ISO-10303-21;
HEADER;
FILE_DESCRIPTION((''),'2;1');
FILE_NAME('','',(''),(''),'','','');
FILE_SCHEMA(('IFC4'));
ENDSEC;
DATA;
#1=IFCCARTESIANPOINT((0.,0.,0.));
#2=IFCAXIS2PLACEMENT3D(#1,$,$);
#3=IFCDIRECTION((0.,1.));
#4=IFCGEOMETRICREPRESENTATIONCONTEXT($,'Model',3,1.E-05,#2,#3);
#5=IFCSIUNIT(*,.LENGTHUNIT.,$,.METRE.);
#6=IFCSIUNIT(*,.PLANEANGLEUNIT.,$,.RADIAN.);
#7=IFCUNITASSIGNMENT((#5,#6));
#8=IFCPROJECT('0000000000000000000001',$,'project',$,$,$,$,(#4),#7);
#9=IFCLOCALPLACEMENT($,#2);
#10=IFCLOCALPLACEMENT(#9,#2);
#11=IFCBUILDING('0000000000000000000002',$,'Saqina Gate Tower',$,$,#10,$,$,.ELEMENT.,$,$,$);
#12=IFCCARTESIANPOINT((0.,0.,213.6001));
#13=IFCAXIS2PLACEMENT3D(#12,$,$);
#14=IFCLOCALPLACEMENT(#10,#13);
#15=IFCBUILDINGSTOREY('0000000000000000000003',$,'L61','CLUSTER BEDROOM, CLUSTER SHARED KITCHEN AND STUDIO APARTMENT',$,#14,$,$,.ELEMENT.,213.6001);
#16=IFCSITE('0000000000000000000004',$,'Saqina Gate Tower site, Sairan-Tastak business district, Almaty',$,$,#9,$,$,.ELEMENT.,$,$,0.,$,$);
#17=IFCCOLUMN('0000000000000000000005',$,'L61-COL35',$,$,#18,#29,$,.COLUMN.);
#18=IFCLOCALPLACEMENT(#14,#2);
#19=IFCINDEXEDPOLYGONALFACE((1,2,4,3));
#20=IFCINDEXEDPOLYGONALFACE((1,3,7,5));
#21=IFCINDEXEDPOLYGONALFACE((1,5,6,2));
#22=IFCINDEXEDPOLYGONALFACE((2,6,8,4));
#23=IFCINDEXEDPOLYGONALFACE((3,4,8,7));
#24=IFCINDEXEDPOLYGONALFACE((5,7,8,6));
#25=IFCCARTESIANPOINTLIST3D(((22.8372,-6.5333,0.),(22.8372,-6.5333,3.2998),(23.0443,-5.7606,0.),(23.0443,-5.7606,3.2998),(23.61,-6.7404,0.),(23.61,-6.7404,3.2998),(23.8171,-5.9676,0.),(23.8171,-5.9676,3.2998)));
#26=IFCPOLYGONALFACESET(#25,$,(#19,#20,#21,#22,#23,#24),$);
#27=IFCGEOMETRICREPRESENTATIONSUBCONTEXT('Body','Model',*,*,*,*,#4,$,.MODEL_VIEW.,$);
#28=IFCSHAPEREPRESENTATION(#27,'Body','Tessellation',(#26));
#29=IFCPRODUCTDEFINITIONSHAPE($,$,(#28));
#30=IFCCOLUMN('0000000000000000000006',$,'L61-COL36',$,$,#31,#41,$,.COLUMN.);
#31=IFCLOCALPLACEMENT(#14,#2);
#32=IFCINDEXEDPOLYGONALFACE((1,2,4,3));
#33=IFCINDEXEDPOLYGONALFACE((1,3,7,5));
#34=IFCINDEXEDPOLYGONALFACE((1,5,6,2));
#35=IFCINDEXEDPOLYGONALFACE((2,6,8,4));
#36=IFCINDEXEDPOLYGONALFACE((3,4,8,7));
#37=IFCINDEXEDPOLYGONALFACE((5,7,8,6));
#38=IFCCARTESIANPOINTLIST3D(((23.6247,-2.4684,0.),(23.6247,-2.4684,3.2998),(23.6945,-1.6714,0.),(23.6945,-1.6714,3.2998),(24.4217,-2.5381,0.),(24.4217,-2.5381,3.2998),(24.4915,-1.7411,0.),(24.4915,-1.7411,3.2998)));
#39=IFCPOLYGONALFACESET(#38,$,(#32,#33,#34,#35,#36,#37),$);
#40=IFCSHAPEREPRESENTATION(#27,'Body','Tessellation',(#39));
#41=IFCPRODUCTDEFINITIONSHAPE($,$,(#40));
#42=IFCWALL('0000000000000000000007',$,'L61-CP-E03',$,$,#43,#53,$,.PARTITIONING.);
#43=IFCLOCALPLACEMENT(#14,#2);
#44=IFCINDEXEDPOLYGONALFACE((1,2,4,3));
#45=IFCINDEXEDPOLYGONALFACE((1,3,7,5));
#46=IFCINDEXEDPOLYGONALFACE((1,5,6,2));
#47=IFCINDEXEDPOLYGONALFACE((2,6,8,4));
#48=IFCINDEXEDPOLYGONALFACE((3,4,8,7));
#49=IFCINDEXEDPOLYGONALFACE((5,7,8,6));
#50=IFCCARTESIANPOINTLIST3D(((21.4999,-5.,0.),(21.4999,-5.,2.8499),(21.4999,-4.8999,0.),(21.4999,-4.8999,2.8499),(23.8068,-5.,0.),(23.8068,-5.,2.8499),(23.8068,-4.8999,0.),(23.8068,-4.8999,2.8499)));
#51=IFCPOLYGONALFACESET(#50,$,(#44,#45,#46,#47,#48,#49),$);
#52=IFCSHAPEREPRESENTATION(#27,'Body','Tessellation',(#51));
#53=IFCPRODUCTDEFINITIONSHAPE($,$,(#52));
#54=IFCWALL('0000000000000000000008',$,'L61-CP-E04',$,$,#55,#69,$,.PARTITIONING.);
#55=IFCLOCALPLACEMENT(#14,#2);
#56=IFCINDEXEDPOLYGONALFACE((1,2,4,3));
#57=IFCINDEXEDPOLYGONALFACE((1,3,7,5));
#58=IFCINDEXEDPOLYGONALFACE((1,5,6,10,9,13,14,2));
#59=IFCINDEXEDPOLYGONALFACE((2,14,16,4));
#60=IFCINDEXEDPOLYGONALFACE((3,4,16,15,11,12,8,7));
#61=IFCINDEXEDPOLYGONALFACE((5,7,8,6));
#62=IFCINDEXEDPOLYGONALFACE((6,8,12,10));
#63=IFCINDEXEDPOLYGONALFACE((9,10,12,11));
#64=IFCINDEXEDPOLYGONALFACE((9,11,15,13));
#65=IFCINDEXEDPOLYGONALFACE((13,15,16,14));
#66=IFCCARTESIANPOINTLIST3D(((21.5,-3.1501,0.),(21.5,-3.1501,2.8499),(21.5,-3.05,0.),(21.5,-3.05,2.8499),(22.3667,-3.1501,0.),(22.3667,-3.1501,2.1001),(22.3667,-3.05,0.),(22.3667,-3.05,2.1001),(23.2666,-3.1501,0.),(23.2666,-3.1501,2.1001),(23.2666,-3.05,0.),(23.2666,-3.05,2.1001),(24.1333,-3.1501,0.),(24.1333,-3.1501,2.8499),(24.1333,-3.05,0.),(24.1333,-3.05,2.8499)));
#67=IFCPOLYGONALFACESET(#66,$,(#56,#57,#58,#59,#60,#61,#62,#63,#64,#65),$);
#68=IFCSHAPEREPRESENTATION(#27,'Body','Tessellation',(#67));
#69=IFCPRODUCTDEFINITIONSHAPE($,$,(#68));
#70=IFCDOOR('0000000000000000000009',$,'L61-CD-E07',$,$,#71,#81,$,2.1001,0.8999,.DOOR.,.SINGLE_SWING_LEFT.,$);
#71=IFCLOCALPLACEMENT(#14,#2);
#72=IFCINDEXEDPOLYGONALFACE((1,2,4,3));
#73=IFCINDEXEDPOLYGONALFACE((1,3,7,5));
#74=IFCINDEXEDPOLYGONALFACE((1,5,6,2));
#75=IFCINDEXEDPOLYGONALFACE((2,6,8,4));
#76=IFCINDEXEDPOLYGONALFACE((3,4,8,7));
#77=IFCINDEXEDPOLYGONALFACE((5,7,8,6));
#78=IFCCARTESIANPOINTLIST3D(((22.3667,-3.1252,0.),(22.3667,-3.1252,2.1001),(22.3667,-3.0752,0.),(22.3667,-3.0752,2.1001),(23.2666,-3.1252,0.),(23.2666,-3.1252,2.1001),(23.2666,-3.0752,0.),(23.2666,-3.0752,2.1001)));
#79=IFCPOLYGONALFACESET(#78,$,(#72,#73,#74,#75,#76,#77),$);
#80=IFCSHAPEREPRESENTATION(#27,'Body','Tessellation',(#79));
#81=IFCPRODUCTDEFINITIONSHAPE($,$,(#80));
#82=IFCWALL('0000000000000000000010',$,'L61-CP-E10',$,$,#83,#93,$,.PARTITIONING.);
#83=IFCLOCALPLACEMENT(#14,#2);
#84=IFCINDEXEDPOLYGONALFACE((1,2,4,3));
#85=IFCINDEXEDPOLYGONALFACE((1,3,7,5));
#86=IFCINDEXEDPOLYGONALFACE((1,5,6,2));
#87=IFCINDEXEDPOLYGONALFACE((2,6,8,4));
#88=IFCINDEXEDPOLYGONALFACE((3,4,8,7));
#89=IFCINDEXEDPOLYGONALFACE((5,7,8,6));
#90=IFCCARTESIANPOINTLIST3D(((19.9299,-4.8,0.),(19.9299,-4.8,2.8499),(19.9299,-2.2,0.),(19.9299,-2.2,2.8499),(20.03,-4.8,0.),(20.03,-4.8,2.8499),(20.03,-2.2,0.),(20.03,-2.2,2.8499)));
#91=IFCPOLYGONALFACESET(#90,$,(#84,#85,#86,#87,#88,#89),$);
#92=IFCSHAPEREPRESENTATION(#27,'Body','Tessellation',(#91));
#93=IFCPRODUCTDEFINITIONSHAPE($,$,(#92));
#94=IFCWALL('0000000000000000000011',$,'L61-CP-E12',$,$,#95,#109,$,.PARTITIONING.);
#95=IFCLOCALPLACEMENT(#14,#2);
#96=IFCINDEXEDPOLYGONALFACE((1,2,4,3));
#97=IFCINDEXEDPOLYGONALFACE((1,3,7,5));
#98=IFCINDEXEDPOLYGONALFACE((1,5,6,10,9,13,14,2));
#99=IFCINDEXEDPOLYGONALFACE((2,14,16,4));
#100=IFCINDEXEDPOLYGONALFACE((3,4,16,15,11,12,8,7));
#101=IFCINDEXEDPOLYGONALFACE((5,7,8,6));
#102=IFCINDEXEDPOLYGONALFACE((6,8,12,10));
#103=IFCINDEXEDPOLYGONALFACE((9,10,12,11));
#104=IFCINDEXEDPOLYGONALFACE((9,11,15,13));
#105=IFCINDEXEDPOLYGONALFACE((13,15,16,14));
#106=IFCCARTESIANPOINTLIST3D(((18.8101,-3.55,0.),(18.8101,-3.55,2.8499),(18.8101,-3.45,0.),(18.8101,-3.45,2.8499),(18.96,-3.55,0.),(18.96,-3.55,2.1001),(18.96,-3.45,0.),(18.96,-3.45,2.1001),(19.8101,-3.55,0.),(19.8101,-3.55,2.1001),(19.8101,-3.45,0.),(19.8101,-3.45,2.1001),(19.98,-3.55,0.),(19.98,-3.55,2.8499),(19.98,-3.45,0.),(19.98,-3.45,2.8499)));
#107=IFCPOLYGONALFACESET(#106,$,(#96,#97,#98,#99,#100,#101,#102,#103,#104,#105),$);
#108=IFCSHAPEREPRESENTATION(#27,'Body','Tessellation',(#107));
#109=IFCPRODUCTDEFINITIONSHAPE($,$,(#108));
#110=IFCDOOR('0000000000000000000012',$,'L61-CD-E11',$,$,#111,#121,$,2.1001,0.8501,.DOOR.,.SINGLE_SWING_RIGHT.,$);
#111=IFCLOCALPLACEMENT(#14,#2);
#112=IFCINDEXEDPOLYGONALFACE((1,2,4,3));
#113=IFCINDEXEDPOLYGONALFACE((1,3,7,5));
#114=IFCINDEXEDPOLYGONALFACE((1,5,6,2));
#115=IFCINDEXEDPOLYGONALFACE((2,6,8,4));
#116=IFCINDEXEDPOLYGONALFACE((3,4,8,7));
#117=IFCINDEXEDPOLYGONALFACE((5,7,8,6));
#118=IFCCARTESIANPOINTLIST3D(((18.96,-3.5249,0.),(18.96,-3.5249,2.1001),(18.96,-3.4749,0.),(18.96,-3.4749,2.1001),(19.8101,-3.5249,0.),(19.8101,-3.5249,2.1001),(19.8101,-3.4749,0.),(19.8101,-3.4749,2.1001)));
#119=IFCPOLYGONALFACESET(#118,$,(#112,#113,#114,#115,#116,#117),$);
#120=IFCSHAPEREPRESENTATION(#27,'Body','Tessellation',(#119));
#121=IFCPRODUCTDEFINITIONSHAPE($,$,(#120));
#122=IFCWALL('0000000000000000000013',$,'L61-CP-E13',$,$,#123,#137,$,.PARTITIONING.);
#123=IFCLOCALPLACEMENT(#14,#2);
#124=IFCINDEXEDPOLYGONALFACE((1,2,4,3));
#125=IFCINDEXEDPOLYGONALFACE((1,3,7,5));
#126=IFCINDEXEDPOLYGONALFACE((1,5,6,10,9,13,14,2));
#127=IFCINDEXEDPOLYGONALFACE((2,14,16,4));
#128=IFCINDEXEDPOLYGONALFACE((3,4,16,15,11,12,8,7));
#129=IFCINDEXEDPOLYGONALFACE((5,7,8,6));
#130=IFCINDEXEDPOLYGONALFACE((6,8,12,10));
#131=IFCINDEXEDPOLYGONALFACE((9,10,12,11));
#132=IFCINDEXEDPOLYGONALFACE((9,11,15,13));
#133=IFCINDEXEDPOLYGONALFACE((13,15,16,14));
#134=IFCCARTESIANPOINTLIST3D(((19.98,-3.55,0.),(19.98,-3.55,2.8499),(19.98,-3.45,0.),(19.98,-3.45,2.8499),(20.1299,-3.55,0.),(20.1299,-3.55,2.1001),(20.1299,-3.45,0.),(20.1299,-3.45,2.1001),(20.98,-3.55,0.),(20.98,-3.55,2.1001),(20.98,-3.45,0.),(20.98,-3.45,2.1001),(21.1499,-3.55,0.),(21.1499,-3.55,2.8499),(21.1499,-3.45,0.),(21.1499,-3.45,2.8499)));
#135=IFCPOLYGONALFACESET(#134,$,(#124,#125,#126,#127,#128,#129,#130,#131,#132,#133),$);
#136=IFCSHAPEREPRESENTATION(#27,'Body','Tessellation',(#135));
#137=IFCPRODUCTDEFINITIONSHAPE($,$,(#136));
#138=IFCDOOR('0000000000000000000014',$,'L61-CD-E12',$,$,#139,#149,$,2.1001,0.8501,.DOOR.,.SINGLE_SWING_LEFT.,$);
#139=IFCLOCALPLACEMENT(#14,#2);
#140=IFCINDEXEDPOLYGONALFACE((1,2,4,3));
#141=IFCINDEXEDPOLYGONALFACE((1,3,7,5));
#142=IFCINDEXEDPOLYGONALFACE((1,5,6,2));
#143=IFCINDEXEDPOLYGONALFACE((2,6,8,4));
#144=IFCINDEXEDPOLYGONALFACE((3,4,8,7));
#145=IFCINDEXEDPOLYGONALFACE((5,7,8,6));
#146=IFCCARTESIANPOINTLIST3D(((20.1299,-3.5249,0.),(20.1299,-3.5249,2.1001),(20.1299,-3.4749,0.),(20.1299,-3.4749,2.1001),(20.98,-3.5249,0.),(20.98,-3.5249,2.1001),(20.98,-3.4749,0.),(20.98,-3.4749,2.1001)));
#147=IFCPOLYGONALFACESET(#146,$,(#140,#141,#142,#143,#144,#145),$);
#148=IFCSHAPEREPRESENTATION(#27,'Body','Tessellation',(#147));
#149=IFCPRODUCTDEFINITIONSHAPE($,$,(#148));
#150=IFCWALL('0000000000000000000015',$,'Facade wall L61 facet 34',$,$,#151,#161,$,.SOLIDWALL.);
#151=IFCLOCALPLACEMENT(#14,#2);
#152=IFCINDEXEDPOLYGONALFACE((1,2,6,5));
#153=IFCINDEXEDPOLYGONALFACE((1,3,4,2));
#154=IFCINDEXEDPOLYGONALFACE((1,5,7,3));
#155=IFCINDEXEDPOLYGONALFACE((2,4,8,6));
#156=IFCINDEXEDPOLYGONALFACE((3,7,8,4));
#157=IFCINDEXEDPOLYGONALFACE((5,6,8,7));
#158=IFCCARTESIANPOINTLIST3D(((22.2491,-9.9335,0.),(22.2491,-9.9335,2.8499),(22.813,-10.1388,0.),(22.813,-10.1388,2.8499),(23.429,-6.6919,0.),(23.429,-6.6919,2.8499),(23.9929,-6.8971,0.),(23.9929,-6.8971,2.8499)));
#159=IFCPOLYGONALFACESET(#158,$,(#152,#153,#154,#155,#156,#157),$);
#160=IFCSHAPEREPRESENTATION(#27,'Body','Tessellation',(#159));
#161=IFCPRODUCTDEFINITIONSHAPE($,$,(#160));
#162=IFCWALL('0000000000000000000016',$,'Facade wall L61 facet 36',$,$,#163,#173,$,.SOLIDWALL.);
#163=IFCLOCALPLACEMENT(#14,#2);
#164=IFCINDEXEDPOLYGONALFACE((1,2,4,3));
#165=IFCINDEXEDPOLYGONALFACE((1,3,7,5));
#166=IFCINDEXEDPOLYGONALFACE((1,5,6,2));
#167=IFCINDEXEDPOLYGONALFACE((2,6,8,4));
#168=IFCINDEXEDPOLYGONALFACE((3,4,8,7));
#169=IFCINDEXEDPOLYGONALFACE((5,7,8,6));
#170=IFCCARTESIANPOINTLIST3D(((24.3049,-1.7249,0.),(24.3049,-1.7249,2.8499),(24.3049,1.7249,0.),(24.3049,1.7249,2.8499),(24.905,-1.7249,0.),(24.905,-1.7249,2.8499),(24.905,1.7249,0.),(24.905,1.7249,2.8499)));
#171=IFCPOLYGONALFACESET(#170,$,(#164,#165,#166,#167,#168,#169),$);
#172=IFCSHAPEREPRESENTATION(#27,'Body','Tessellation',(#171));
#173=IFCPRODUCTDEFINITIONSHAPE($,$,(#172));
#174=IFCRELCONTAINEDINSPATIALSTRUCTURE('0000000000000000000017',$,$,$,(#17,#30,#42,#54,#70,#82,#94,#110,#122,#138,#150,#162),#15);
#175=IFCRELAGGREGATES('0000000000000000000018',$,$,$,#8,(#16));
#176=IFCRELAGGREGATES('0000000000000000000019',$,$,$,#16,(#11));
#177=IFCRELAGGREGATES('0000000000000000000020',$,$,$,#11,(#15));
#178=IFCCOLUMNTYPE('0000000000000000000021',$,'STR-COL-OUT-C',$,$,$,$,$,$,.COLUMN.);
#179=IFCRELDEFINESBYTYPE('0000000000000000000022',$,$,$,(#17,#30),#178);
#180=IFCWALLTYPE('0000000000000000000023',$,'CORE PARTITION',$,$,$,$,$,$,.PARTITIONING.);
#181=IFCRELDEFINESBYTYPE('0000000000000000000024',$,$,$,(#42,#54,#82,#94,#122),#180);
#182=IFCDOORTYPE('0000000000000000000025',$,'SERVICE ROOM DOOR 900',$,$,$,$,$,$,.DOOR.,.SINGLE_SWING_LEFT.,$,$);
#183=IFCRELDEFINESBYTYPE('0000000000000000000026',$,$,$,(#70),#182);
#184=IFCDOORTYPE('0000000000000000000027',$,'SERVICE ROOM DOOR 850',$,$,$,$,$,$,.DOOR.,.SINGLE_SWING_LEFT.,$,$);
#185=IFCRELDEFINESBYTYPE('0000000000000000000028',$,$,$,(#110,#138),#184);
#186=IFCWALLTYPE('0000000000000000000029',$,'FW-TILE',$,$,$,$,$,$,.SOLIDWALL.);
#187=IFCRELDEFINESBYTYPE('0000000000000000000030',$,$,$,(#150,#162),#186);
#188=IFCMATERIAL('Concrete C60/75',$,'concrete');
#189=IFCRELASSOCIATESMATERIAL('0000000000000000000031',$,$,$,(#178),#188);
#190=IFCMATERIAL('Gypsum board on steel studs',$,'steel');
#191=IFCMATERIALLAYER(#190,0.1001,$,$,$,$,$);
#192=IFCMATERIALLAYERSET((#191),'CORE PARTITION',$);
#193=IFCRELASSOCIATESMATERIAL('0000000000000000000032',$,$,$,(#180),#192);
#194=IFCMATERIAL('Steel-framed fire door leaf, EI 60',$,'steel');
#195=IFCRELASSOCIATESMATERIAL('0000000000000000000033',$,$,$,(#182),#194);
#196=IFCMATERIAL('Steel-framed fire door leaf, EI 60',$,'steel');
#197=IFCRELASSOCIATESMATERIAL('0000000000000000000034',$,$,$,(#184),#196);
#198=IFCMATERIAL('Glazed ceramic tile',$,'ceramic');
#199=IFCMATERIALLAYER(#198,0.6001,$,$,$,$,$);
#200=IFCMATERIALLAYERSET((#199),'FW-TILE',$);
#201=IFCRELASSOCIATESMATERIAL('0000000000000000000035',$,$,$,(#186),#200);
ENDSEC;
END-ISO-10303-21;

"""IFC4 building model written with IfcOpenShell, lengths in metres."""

from ifc_helpers import new_model, si_unit, direction, frame, frame_2d, origin, origin_2d, place, context, subcontext, project, spatial, rectangle, extrude, material, layer, layer_set, material_profile, profile_set, type_object, element, fill, save


model = new_model("IFC4")

# Units and contexts
model_context = context("Model", 3, precision=1e-05, world=origin(), true_north=direction((0.0, 1.0)))
body_context = subcontext(model_context, "Body", "Model", "MODEL_VIEW")
ifc_project = project(units=[si_unit("LENGTHUNIT", "METRE"), si_unit("PLANEANGLEUNIT", "RADIAN")], contexts=[model_context])

# Site, building, storey
site_placement = place(None, origin())
site = spatial("IfcSite", under=ifc_project, at=site_placement, Name="Saqina Gate Tower site, Sairan-Tastak business district, Almaty", CompositionType="ELEMENT", RefElevation=0.0)
building_placement = place(site_placement, origin())
building = spatial("IfcBuilding", under=site, at=building_placement, Name="Saqina Gate Tower", CompositionType="ELEMENT")
storey_placement = place(building_placement, frame((0.0, 0.0, 213.6001)))
storey = spatial("IfcBuildingStorey", under=building, at=storey_placement, Name="L61", Description="CLUSTER BEDROOM, CLUSTER SHARED KITCHEN AND STUDIO APARTMENT", CompositionType="ELEMENT", Elevation=213.6001)

# Columns
ifc_material_1 = material(Name="Concrete C60/75", Category="concrete")
ifc_material_profile = material_profile(ifc_material_1, rectangle(XDim=0.8, YDim=0.8, at=origin_2d()), Name="RC 800x800")
ifc_profile_set = profile_set([ifc_material_profile], Name="Concrete C60/75")
column_type = type_object("IfcColumnType", Name="STR-COL-OUT-C", PredefinedType="COLUMN", material=ifc_profile_set)
for number, where, z_axis, x_axis, name in (
    (1, (23.3271, -6.2505, 0.0), (0.0, 0.0, 1.0), (0.965926, -0.258819, 0.0), "L61-COL35"),
    (2, (24.0581, -2.1047, 0.0), (0.0, 0.0, 1.0), (0.996195, -0.087156, 0.0), "L61-COL36"),
):
    element("IfcColumn", number, at=place(storey_placement, frame(where, z_axis=z_axis, x_axis=x_axis)), inside=storey, type_object=column_type, Name=name, PredefinedType="COLUMN", context=body_context, shape_type="SweptSolid", body=[
        extrude(rectangle(XDim=0.8, YDim=0.8, at=origin_2d()), origin(), (0.0, 0.0, 1.0), 3.2998),
    ])

# Wall
ifc_material_2 = material(Name="Gypsum board on steel studs", Category="steel")
ifc_layer_1 = layer(ifc_material_2, 0.1001)
ifc_layer_set_1 = layer_set([ifc_layer_1], Name="CORE PARTITION")
wall_type_1 = type_object("IfcWallType", Name="CORE PARTITION", PredefinedType="PARTITIONING", material=ifc_layer_set_1)
wall_1_placement = place(storey_placement, frame((21.5, -4.95, 0.0), z_axis=(0.0, 0.0, 1.0), x_axis=(1.0, 0.0, 0.0)))
element("IfcWall", 3, at=wall_1_placement, inside=storey, type_object=wall_type_1, Name="L61-CP-E03", PredefinedType="PARTITIONING", context=body_context, shape_type="SweptSolid", body=[
    extrude(rectangle(XDim=2.3069, YDim=0.1001, at=frame_2d((1.1533, 0.0))), origin(), (0.0, 0.0, 1.0), 2.8499),
])

# Wall, opening, door
wall_2_placement = place(storey_placement, frame((21.5, -3.1001, 0.0), z_axis=(0.0, 0.0, 1.0), x_axis=(1.0, 0.0, 0.0)))
wall_2 = element("IfcWall", 4, at=wall_2_placement, inside=storey, type_object=wall_type_1, Name="L61-CP-E04", PredefinedType="PARTITIONING", context=body_context, shape_type="SweptSolid", body=[
    extrude(rectangle(XDim=2.6333, YDim=0.1001, at=frame_2d((1.3167, 0.0))), origin(), (0.0, 0.0, 1.0), 2.8499),
])
opening_1_placement = place(wall_2_placement, frame((0.8667, 0.0, 0.0)))
opening_1 = element("IfcOpeningElement", 5, at=opening_1_placement, cuts=wall_2, PredefinedType="OPENING", context=body_context, shape_type="SweptSolid", body=[
    extrude(rectangle(XDim=0.8999, YDim=2.1001, at=frame_2d((0.45, 1.05))), frame((0.0, 0.062, 0.0), z_axis=(0.0, -1.0, 0.0), x_axis=(1.0, 0.0, 0.0)), (0.0, 0.0, 1.0), 0.124),
])
ifc_material_3 = material(Name="Steel-framed fire door leaf, EI 60", Category="steel")
door_type_1 = type_object("IfcDoorType", Name="SERVICE ROOM DOOR 900", OperationType="SINGLE_SWING_LEFT", PredefinedType="DOOR", material=ifc_material_3)
door_1_placement = place(opening_1_placement, origin())
door_1 = element("IfcDoor", 6, at=door_1_placement, inside=storey, type_object=door_type_1, Name="L61-CD-E07", OperationType="SINGLE_SWING_LEFT", OverallHeight=2.1001, OverallWidth=0.8999, PredefinedType="DOOR", context=body_context, shape_type="SweptSolid", body=[
    extrude(rectangle(XDim=0.8999, YDim=2.1001, at=frame_2d((0.45, 1.05))), frame((0.0, 0.0249, 0.0), z_axis=(0.0, -1.0, 0.0), x_axis=(1.0, 0.0, 0.0)), (0.0, 0.0, 1.0), 0.05),
])
fill(opening_1, door_1)

# Wall
wall_3_placement = place(storey_placement, frame((19.98, -4.8, 0.0), z_axis=(0.0, 0.0, 1.0), x_axis=(0.0, 1.0, 0.0)))
element("IfcWall", 7, at=wall_3_placement, inside=storey, type_object=wall_type_1, Name="L61-CP-E10", PredefinedType="PARTITIONING", context=body_context, shape_type="SweptSolid", body=[
    extrude(rectangle(XDim=2.6001, YDim=0.1001, at=frame_2d((1.3, 0.0))), origin(), (0.0, 0.0, 1.0), 2.8499),
])

# Walls, openings, doors
wall_4_placement = place(storey_placement, frame((18.8101, -3.5, 0.0), z_axis=(0.0, 0.0, 1.0), x_axis=(1.0, 0.0, 0.0)))
wall_4 = element("IfcWall", 8, at=wall_4_placement, inside=storey, type_object=wall_type_1, Name="L61-CP-E12", PredefinedType="PARTITIONING", context=body_context, shape_type="SweptSolid", body=[
    extrude(rectangle(XDim=1.1699, YDim=0.1001, at=frame_2d((0.585, 0.0))), origin(), (0.0, 0.0, 1.0), 2.8499),
])
opening_2_placement = place(wall_4_placement, frame((0.1499, 0.0, 0.0)))
opening_2 = element("IfcOpeningElement", 9, at=opening_2_placement, cuts=wall_4, PredefinedType="OPENING", context=body_context, shape_type="SweptSolid", body=[
    extrude(rectangle(XDim=0.8501, YDim=2.1001, at=frame_2d((0.425, 1.05))), frame((0.0, 0.062, 0.0), z_axis=(0.0, -1.0, 0.0), x_axis=(1.0, 0.0, 0.0)), (0.0, 0.0, 1.0), 0.124),
])
ifc_material_4 = material(Name="Steel-framed fire door leaf, EI 60", Category="steel")
door_type_2 = type_object("IfcDoorType", Name="SERVICE ROOM DOOR 850", OperationType="SINGLE_SWING_LEFT", PredefinedType="DOOR", material=ifc_material_4)
door_2_placement = place(opening_2_placement, frame((0.8501, 0.0, 0.0), z_axis=(0.0, 0.0, 1.0), x_axis=(-1.0, 0.0, 0.0)))
door_2 = element("IfcDoor", 10, at=door_2_placement, inside=storey, type_object=door_type_2, Name="L61-CD-E11", OperationType="SINGLE_SWING_RIGHT", OverallHeight=2.1001, OverallWidth=0.8501, PredefinedType="DOOR", context=body_context, shape_type="SweptSolid", body=[
    extrude(rectangle(XDim=0.8501, YDim=2.1001, at=frame_2d((0.425, 1.05))), frame((0.0, 0.0249, 0.0), z_axis=(0.0, -1.0, 0.0), x_axis=(1.0, 0.0, 0.0)), (0.0, 0.0, 1.0), 0.05),
])
fill(opening_2, door_2)
wall_5_placement = place(storey_placement, frame((19.98, -3.5, 0.0), z_axis=(0.0, 0.0, 1.0), x_axis=(1.0, 0.0, 0.0)))
wall_5 = element("IfcWall", 11, at=wall_5_placement, inside=storey, type_object=wall_type_1, Name="L61-CP-E13", PredefinedType="PARTITIONING", context=body_context, shape_type="SweptSolid", body=[
    extrude(rectangle(XDim=1.1699, YDim=0.1001, at=frame_2d((0.585, 0.0))), origin(), (0.0, 0.0, 1.0), 2.8499),
])
opening_3_placement = place(wall_5_placement, frame((0.1499, 0.0, 0.0)))
opening_3 = element("IfcOpeningElement", 12, at=opening_3_placement, cuts=wall_5, PredefinedType="OPENING", context=body_context, shape_type="SweptSolid", body=[
    extrude(rectangle(XDim=0.8501, YDim=2.1001, at=frame_2d((0.425, 1.05))), frame((0.0, 0.062, 0.0), z_axis=(0.0, -1.0, 0.0), x_axis=(1.0, 0.0, 0.0)), (0.0, 0.0, 1.0), 0.124),
])
door_3_placement = place(opening_3_placement, frame((0.8501, 0.0, 0.0), z_axis=(0.0, 0.0, 1.0), x_axis=(-1.0, 0.0, 0.0)))
door_3 = element("IfcDoor", 13, at=door_3_placement, inside=storey, type_object=door_type_2, Name="L61-CD-E12", OperationType="SINGLE_SWING_LEFT", OverallHeight=2.1001, OverallWidth=0.8501, PredefinedType="DOOR", context=body_context, shape_type="SweptSolid", body=[
    extrude(rectangle(XDim=0.8501, YDim=2.1001, at=frame_2d((0.425, 1.05))), frame((0.0, 0.0249, 0.0), z_axis=(0.0, -1.0, 0.0), x_axis=(1.0, 0.0, 0.0)), (0.0, 0.0, 1.0), 0.05),
])
fill(opening_3, door_3)

# Walls
ifc_material_5 = material(Name="Glazed ceramic tile", Category="ceramic")
ifc_layer_2 = layer(ifc_material_5, 0.6001)
ifc_layer_set_2 = layer_set([ifc_layer_2], Name="FW-TILE")
wall_type_2 = type_object("IfcWallType", Name="FW-TILE", PredefinedType="SOLIDWALL", material=ifc_layer_set_2)
for number, where, z_axis, x_axis, name in (
    (14, (22.531, -10.0361, 0.0), (0.0, 0.0, 1.0), (0.342033, 0.939688, 0.0), "Facade wall L61 facet 34"),
    (15, (24.605, -1.7249, 0.0), (0.0, 0.0, 1.0), (0.0, 1.0, 0.0), "Facade wall L61 facet 36"),
):
    element("IfcWall", number, at=place(storey_placement, frame(where, z_axis=z_axis, x_axis=x_axis)), inside=storey, type_object=wall_type_2, Name=name, PredefinedType="SOLIDWALL", context=body_context, shape_type="SweptSolid", body=[
        extrude(rectangle(XDim=3.4497, YDim=0.6001, at=frame_2d((1.7249, 0.0))), origin(), (0.0, 0.0, 1.0), 2.8499),
    ])

save(model, "model.ifc")
